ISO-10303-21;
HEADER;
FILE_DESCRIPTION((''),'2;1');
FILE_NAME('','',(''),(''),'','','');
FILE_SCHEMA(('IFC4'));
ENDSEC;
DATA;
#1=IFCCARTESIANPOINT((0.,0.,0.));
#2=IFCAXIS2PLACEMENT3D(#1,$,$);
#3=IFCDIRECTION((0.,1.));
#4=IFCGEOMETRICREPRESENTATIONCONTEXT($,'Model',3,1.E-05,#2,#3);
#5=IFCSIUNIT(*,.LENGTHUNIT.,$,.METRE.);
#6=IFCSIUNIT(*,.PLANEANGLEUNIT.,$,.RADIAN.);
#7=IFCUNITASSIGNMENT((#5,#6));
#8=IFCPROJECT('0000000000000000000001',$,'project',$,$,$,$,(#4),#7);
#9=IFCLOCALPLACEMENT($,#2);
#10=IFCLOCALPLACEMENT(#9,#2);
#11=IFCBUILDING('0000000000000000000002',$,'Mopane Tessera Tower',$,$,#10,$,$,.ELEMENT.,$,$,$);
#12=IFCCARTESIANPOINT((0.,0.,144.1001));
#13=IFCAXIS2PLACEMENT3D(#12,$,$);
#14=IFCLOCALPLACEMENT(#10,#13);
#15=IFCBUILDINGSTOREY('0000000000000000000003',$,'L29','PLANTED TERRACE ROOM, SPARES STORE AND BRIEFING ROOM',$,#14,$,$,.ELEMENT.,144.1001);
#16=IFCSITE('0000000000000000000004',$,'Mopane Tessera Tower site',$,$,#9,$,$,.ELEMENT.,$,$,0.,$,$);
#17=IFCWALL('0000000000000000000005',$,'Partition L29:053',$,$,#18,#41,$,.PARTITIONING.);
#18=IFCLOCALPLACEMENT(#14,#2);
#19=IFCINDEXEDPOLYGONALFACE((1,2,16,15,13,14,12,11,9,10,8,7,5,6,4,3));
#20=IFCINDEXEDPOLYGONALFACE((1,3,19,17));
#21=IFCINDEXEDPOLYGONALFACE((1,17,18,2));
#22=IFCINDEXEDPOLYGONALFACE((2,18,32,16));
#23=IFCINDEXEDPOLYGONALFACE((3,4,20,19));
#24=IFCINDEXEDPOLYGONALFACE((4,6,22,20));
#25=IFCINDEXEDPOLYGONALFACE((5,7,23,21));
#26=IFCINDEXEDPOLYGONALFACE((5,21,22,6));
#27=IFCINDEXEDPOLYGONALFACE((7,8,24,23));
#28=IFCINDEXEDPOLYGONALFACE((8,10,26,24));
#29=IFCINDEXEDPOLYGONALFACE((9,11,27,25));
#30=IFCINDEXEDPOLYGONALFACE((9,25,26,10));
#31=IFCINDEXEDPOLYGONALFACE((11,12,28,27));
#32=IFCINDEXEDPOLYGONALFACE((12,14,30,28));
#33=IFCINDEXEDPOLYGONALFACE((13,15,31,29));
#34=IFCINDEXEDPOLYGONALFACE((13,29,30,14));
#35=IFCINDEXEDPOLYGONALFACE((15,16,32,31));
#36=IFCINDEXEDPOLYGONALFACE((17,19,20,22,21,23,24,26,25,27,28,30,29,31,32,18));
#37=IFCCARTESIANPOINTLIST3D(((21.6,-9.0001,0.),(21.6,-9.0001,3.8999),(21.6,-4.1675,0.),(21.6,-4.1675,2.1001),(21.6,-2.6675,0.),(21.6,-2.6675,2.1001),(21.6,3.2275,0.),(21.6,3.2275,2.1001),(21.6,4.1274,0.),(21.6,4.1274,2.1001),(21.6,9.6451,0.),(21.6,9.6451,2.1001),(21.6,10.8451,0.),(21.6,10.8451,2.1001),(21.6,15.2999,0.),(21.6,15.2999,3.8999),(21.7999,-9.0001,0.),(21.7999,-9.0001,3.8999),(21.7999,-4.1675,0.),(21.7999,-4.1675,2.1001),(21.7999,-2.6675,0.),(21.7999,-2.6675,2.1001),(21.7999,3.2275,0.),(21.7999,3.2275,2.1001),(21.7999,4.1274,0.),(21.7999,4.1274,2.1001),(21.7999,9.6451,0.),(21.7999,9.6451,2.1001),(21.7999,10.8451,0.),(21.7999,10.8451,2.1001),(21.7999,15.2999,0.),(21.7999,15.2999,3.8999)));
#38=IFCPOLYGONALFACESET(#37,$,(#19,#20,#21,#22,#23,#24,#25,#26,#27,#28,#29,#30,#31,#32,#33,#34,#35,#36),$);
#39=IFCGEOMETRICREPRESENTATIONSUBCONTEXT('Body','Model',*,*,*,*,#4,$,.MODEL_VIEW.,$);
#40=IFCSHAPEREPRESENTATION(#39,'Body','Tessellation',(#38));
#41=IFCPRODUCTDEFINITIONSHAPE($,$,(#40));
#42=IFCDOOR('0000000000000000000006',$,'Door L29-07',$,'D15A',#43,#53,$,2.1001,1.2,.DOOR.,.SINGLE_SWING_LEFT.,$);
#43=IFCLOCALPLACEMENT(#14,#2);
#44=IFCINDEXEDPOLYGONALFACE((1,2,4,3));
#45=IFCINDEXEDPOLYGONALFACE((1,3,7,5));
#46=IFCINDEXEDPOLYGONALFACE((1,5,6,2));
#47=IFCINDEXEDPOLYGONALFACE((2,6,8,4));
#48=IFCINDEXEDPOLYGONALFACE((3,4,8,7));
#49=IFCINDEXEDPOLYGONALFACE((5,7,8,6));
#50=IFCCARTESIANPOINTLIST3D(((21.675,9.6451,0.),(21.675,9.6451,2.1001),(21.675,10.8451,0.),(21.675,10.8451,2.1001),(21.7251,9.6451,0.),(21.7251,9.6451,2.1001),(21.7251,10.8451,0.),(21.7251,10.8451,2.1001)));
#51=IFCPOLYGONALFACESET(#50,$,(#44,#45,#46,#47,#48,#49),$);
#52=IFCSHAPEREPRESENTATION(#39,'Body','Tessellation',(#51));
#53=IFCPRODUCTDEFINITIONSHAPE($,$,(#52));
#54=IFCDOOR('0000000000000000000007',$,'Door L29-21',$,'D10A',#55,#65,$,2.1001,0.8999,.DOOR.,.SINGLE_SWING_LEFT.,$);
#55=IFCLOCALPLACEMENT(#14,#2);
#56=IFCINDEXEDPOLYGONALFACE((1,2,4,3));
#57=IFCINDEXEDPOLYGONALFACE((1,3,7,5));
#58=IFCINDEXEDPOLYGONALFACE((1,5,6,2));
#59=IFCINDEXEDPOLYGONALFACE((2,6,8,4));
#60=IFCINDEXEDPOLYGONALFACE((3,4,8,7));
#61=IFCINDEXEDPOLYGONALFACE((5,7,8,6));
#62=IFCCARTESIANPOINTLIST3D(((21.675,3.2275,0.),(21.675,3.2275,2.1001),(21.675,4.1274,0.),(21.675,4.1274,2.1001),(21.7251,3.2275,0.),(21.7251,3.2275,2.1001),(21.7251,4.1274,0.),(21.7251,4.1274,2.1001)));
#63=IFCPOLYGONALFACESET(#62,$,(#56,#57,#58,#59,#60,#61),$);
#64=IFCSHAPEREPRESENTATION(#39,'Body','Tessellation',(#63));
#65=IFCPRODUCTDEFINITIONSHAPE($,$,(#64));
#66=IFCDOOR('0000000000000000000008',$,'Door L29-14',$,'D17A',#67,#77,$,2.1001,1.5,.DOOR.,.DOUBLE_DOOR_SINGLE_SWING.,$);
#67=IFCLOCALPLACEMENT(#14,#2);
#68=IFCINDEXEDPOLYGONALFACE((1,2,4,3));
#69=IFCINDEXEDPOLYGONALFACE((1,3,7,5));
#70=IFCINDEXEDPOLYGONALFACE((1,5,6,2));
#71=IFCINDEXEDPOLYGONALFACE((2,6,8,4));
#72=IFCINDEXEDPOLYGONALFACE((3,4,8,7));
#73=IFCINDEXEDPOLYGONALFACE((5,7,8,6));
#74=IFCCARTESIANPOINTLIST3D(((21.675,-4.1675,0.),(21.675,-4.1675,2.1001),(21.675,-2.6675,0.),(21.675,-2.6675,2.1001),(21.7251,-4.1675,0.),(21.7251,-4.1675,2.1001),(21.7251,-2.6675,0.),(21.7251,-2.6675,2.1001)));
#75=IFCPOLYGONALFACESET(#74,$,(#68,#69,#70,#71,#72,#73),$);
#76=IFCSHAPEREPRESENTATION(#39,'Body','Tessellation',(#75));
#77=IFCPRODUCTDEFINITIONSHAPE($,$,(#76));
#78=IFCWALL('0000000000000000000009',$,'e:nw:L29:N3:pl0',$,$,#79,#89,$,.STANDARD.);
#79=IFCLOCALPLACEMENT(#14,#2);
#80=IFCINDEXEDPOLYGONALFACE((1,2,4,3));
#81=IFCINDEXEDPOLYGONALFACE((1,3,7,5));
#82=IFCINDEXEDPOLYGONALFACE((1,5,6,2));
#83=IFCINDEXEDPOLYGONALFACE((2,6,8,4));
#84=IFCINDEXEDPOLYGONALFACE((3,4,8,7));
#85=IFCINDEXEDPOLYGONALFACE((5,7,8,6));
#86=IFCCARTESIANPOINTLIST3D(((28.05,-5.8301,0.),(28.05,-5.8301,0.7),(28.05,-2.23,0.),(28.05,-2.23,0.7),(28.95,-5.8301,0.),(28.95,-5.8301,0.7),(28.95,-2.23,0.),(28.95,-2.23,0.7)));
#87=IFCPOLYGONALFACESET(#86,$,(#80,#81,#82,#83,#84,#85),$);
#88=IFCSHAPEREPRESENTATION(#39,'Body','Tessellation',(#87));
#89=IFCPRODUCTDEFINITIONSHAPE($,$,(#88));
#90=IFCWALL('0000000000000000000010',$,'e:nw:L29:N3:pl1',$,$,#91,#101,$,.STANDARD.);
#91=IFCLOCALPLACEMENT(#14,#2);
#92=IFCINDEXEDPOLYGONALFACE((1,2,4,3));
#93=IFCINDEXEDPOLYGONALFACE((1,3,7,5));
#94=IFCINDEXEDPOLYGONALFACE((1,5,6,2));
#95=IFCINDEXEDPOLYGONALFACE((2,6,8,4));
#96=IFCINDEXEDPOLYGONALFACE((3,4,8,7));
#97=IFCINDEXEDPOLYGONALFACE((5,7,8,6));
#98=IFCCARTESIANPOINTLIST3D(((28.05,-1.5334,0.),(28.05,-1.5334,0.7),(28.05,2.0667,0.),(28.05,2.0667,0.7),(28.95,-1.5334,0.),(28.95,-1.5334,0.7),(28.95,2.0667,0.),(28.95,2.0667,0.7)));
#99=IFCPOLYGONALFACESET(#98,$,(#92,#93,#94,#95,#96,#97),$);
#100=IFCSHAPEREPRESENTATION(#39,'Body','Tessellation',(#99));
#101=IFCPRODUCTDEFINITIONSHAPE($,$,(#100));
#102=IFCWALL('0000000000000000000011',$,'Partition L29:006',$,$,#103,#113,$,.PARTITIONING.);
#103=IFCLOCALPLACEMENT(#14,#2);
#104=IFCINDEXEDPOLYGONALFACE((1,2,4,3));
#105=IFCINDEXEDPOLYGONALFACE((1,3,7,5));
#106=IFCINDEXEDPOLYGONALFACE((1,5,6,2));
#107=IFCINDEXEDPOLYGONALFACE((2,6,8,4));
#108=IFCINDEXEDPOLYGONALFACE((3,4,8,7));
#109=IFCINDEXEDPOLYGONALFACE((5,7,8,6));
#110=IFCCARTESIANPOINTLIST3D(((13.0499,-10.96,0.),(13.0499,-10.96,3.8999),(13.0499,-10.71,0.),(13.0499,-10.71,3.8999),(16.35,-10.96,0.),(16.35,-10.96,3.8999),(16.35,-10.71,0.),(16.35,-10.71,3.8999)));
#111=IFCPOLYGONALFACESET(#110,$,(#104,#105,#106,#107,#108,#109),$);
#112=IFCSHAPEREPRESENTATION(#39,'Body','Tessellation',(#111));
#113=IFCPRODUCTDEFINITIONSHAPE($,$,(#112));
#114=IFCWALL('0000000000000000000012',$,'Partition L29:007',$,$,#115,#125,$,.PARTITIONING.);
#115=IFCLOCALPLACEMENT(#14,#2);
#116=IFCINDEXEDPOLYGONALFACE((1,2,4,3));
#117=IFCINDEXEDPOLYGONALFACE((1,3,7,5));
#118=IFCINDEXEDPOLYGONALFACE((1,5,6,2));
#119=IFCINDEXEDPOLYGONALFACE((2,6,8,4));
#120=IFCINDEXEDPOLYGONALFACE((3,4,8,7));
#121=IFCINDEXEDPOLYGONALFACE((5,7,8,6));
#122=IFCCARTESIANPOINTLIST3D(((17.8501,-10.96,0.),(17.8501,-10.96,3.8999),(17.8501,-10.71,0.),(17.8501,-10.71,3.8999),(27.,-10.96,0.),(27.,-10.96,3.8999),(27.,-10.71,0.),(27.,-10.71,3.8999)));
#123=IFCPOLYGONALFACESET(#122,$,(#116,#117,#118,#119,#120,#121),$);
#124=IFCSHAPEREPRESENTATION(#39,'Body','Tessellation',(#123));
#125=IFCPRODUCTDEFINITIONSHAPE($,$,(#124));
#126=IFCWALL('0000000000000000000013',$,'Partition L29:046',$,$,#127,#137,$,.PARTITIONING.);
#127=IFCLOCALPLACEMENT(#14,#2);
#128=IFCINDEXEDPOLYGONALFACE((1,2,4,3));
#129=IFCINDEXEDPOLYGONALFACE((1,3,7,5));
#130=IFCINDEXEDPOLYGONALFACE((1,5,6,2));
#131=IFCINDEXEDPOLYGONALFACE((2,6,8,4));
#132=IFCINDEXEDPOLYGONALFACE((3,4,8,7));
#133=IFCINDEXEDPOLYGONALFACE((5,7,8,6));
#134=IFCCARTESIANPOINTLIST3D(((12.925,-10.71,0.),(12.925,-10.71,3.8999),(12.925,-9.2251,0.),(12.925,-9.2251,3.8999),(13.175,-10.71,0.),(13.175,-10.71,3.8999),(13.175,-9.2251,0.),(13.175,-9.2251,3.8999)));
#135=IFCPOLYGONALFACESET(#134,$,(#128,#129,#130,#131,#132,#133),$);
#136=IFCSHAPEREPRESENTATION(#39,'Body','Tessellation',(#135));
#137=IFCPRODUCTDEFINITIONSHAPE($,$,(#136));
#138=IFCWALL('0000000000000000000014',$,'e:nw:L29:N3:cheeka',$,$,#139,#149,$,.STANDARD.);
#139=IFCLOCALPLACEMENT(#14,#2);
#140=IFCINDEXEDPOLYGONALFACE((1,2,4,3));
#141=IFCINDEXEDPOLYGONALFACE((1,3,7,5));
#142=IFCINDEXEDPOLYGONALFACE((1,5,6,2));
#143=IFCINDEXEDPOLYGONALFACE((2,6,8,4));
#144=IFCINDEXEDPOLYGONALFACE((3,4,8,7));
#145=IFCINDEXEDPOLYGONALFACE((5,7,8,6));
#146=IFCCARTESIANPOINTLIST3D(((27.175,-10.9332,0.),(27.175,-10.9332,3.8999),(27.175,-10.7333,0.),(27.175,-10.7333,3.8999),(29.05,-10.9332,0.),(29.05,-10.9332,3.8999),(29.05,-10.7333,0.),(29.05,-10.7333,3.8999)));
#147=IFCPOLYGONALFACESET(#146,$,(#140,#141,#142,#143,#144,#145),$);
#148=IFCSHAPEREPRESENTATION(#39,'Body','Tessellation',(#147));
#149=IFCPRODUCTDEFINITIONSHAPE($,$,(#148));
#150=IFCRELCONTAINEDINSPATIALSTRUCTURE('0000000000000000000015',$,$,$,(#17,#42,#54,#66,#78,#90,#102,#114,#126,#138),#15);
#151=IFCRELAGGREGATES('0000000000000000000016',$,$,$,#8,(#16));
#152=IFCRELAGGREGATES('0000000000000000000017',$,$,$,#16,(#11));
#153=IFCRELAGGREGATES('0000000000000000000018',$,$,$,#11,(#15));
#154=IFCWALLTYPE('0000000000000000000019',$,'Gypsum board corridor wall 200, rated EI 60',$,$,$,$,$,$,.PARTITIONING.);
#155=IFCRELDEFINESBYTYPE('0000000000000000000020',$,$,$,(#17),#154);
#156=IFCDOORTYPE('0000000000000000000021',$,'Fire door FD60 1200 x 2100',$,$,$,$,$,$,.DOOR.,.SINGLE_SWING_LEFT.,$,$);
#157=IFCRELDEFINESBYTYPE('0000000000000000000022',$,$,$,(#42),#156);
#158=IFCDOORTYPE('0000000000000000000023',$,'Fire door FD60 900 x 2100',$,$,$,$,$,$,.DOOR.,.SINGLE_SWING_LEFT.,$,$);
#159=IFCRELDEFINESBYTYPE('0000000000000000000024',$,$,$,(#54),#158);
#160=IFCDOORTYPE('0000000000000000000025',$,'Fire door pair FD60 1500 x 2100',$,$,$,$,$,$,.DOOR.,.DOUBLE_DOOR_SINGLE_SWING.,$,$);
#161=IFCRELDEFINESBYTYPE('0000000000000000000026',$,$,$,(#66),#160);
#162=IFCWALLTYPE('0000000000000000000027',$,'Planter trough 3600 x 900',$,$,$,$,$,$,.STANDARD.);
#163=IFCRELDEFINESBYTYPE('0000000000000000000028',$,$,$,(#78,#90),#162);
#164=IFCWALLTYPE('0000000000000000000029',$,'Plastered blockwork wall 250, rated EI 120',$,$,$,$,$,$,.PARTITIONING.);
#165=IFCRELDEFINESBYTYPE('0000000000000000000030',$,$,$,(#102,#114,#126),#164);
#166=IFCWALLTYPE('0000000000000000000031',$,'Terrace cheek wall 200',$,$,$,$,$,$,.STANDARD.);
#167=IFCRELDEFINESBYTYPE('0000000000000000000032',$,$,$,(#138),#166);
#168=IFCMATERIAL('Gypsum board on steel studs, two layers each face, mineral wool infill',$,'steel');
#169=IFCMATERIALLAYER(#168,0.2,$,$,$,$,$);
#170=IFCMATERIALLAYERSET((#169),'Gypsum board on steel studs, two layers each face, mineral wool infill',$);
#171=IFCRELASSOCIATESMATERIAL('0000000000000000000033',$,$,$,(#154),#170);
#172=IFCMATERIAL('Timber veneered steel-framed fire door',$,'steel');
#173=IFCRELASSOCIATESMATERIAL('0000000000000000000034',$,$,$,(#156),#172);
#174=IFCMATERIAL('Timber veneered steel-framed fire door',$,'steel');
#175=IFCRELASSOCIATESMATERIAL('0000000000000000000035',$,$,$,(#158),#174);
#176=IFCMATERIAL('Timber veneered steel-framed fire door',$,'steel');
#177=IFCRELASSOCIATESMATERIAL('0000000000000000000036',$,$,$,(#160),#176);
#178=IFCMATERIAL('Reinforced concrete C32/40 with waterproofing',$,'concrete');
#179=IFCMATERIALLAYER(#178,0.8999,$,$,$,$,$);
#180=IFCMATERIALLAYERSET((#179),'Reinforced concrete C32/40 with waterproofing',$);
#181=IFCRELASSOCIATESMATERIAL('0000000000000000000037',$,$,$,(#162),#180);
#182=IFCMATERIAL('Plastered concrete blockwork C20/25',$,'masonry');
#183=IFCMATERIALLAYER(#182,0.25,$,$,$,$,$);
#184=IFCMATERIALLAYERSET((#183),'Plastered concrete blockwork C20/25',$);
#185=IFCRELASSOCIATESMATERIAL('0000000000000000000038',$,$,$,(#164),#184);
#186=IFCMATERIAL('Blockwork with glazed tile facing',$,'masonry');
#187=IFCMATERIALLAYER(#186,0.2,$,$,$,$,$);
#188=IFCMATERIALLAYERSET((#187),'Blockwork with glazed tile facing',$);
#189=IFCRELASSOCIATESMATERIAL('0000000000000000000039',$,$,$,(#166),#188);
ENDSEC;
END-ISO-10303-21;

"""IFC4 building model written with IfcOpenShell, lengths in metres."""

from ifc_helpers import new_model, si_unit, direction, frame, frame_2d, origin, place, context, subcontext, project, spatial, rectangle, extrude, material, layer, layer_set, type_object, element, fill, save


model = new_model("IFC4")

# Units and contexts
model_context = context("Model", 3, precision=1e-05, world=origin(), true_north=direction((0.0, 1.0)))
body_context = subcontext(model_context, "Body", "Model", "MODEL_VIEW")
ifc_project = project(units=[si_unit("LENGTHUNIT", "METRE"), si_unit("PLANEANGLEUNIT", "RADIAN")], contexts=[model_context])

# Site, building, storey
site_placement = place(None, origin())
site = spatial("IfcSite", under=ifc_project, at=site_placement, Name="Mopane Tessera Tower site", CompositionType="ELEMENT", RefElevation=0.0)
building_placement = place(site_placement, origin())
building = spatial("IfcBuilding", under=site, at=building_placement, Name="Mopane Tessera Tower", CompositionType="ELEMENT")
storey_placement = place(building_placement, frame((0.0, 0.0, 144.1001)))
storey = spatial("IfcBuildingStorey", under=building, at=storey_placement, Name="L29", Description="PLANTED TERRACE ROOM, SPARES STORE AND BRIEFING ROOM", CompositionType="ELEMENT", Elevation=144.1001)

# Shared definitions
ifc_material_1 = material(Name="Gypsum board on steel studs, two layers each face, mineral wool infill", Category="steel")
ifc_layer_1 = layer(ifc_material_1, 0.2)
ifc_layer_set_1 = layer_set([ifc_layer_1], Name="Gypsum board on steel studs, two layers each face, mineral wool infill")
wall_type_1 = type_object("IfcWallType", Name="Gypsum board corridor wall 200, rated EI 60", PredefinedType="PARTITIONING", material=ifc_layer_set_1)

# Wall, openings, doors
wall_1_placement = place(storey_placement, frame((21.7, -9.0, 0.0), z_axis=(0.0, 0.0, 1.0), x_axis=(0.0, 1.0, 0.0)))
wall_1 = element("IfcWall", 1, at=wall_1_placement, inside=storey, type_object=wall_type_1, Name="Partition L29:053", PredefinedType="PARTITIONING", context=body_context, shape_type="SweptSolid", body=[
    extrude(rectangle(XDim=24.3, YDim=0.2, at=frame_2d((12.1499, 0.0))), origin(), (0.0, 0.0, 1.0), 3.8999),
])
opening_1_placement = place(wall_1_placement, frame((18.645, 0.0, 0.0)))
opening_1 = element("IfcOpeningElement", 2, at=opening_1_placement, cuts=wall_1, PredefinedType="OPENING", context=body_context, shape_type="SweptSolid", body=[
    extrude(rectangle(XDim=1.2, YDim=2.1001, at=frame_2d((0.6001, 1.05))), frame((0.0, 0.1121, 0.0), z_axis=(0.0, -1.0, 0.0), x_axis=(1.0, 0.0, 0.0)), (0.0, 0.0, 1.0), 0.2239),
])
opening_2_placement = place(wall_1_placement, frame((4.8325, 0.0, 0.0)))
opening_2 = element("IfcOpeningElement", 3, at=opening_2_placement, cuts=wall_1, PredefinedType="OPENING", context=body_context, shape_type="SweptSolid", body=[
    extrude(rectangle(XDim=1.5, YDim=2.1001, at=frame_2d((0.75, 1.05))), frame((0.0, 0.1121, 0.0), z_axis=(0.0, -1.0, 0.0), x_axis=(1.0, 0.0, 0.0)), (0.0, 0.0, 1.0), 0.2239),
])
opening_3_placement = place(wall_1_placement, frame((12.2275, 0.0, 0.0)))
opening_3 = element("IfcOpeningElement", 4, at=opening_3_placement, cuts=wall_1, PredefinedType="OPENING", context=body_context, shape_type="SweptSolid", body=[
    extrude(rectangle(XDim=0.8999, YDim=2.1001, at=frame_2d((0.45, 1.05))), frame((0.0, 0.1121, 0.0), z_axis=(0.0, -1.0, 0.0), x_axis=(1.0, 0.0, 0.0)), (0.0, 0.0, 1.0), 0.2239),
])
ifc_material_2 = material(Name="Timber veneered steel-framed fire door", Category="steel")
door_type_1 = type_object("IfcDoorType", Name="Fire door FD60 1200 x 2100", OperationType="SINGLE_SWING_LEFT", PredefinedType="DOOR", material=ifc_material_2)
door_1_placement = place(opening_1_placement, origin())
door_1 = element("IfcDoor", 5, at=door_1_placement, inside=storey, type_object=door_type_1, Name="Door L29-07", ObjectType="D15A", OperationType="SINGLE_SWING_LEFT", OverallHeight=2.1001, OverallWidth=1.2, PredefinedType="DOOR", context=body_context, shape_type="SweptSolid", body=[
    extrude(rectangle(XDim=1.2, YDim=2.1001, at=frame_2d((0.6001, 1.05))), frame((0.0, 0.0249, 0.0), z_axis=(0.0, -1.0, 0.0), x_axis=(1.0, 0.0, 0.0)), (0.0, 0.0, 1.0), 0.05),
])
fill(opening_1, door_1)
ifc_material_3 = material(Name="Timber veneered steel-framed fire door", Category="steel")
door_type_2 = type_object("IfcDoorType", Name="Fire door FD60 900 x 2100", OperationType="SINGLE_SWING_LEFT", PredefinedType="DOOR", material=ifc_material_3)
door_2_placement = place(opening_3_placement, origin())
door_2 = element("IfcDoor", 6, at=door_2_placement, inside=storey, type_object=door_type_2, Name="Door L29-21", ObjectType="D10A", OperationType="SINGLE_SWING_LEFT", OverallHeight=2.1001, OverallWidth=0.8999, PredefinedType="DOOR", context=body_context, shape_type="SweptSolid", body=[
    extrude(rectangle(XDim=0.8999, YDim=2.1001, at=frame_2d((0.45, 1.05))), frame((0.0, 0.0249, 0.0), z_axis=(0.0, -1.0, 0.0), x_axis=(1.0, 0.0, 0.0)), (0.0, 0.0, 1.0), 0.05),
])
fill(opening_3, door_2)
ifc_material_4 = material(Name="Timber veneered steel-framed fire door", Category="steel")
door_type_3 = type_object("IfcDoorType", Name="Fire door pair FD60 1500 x 2100", OperationType="DOUBLE_DOOR_SINGLE_SWING", PredefinedType="DOOR", material=ifc_material_4)
door_3_placement = place(opening_2_placement, origin())
door_3 = element("IfcDoor", 7, at=door_3_placement, inside=storey, type_object=door_type_3, Name="Door L29-14", ObjectType="D17A", OperationType="DOUBLE_DOOR_SINGLE_SWING", OverallHeight=2.1001, OverallWidth=1.5, PredefinedType="DOOR", context=body_context, shape_type="SweptSolid", body=[
    extrude(rectangle(XDim=1.5, YDim=2.1001, at=frame_2d((0.75, 1.05))), frame((0.0, 0.0249, 0.0), z_axis=(0.0, -1.0, 0.0), x_axis=(1.0, 0.0, 0.0)), (0.0, 0.0, 1.0), 0.05),
])
fill(opening_2, door_3)

# Walls
ifc_material_5 = material(Name="Reinforced concrete C32/40 with waterproofing", Category="concrete")
ifc_layer_2 = layer(ifc_material_5, 0.8999)
ifc_layer_set_2 = layer_set([ifc_layer_2], Name="Reinforced concrete C32/40 with waterproofing")
wall_type_2 = type_object("IfcWallType", Name="Planter trough 3600 x 900", PredefinedType="STANDARD", material=ifc_layer_set_2)
for number, where, z_axis, x_axis, name in (
    (8, (28.5, -5.8301, 0.0), (0.0, 0.0, 1.0), (0.0, 1.0, 0.0), "e:nw:L29:N3:pl0"),
    (9, (28.5, -1.5334, 0.0), (0.0, 0.0, 1.0), (0.0, 1.0, 0.0), "e:nw:L29:N3:pl1"),
):
    element("IfcWall", number, at=place(storey_placement, frame(where, z_axis=z_axis, x_axis=x_axis)), inside=storey, type_object=wall_type_2, Name=name, PredefinedType="STANDARD", context=body_context, shape_type="SweptSolid", body=[
        extrude(rectangle(XDim=3.6001, YDim=0.8999, at=frame_2d((1.8, 0.0))), origin(), (0.0, 0.0, 1.0), 0.7),
    ])
ifc_material_6 = material(Name="Plastered concrete blockwork C20/25", Category="masonry")
ifc_layer_3 = layer(ifc_material_6, 0.25)
ifc_layer_set_3 = layer_set([ifc_layer_3], Name="Plastered concrete blockwork C20/25")
wall_type_3 = type_object("IfcWallType", Name="Plastered blockwork wall 250, rated EI 120", PredefinedType="PARTITIONING", material=ifc_layer_set_3)
wall_2_placement = place(storey_placement, frame((13.05, -10.835, 0.0), z_axis=(0.0, 0.0, 1.0), x_axis=(1.0, 0.0, 0.0)))
element("IfcWall", 10, at=wall_2_placement, inside=storey, type_object=wall_type_3, Name="Partition L29:006", PredefinedType="PARTITIONING", context=body_context, shape_type="SweptSolid", body=[
    extrude(rectangle(XDim=3.3, YDim=0.25, at=frame_2d((1.6499, 0.0))), origin(), (0.0, 0.0, 1.0), 3.8999),
])
wall_3_placement = place(storey_placement, frame((17.8501, -10.835, 0.0), z_axis=(0.0, 0.0, 1.0), x_axis=(1.0, 0.0, 0.0)))
element("IfcWall", 11, at=wall_3_placement, inside=storey, type_object=wall_type_3, Name="Partition L29:007", PredefinedType="PARTITIONING", context=body_context, shape_type="SweptSolid", body=[
    extrude(rectangle(XDim=9.1499, YDim=0.25, at=frame_2d((4.575, 0.0))), origin(), (0.0, 0.0, 1.0), 3.8999),
])
wall_4_placement = place(storey_placement, frame((13.05, -10.71, 0.0), z_axis=(0.0, 0.0, 1.0), x_axis=(0.0, 1.0, 0.0)))
element("IfcWall", 12, at=wall_4_placement, inside=storey, type_object=wall_type_3, Name="Partition L29:046", PredefinedType="PARTITIONING", context=body_context, shape_type="SweptSolid", body=[
    extrude(rectangle(XDim=1.4849, YDim=0.25, at=frame_2d((0.7424, 0.0))), origin(), (0.0, 0.0, 1.0), 3.8999),
])
ifc_material_7 = material(Name="Blockwork with glazed tile facing", Category="masonry")
ifc_layer_4 = layer(ifc_material_7, 0.2)
ifc_layer_set_4 = layer_set([ifc_layer_4], Name="Blockwork with glazed tile facing")
wall_type_4 = type_object("IfcWallType", Name="Terrace cheek wall 200", PredefinedType="STANDARD", material=ifc_layer_set_4)
wall_5_placement = place(storey_placement, frame((29.05, -10.8333, 0.0), z_axis=(0.0, 0.0, 1.0), x_axis=(-1.0, 0.0, 0.0)))
element("IfcWall", 13, at=wall_5_placement, inside=storey, type_object=wall_type_4, Name="e:nw:L29:N3:cheeka", PredefinedType="STANDARD", context=body_context, shape_type="SweptSolid", body=[
    extrude(rectangle(XDim=1.875, YDim=0.2, at=frame_2d((0.9375, 0.0))), origin(), (0.0, 0.0, 1.0), 3.8999),
])

save(model, "model.ifc")
